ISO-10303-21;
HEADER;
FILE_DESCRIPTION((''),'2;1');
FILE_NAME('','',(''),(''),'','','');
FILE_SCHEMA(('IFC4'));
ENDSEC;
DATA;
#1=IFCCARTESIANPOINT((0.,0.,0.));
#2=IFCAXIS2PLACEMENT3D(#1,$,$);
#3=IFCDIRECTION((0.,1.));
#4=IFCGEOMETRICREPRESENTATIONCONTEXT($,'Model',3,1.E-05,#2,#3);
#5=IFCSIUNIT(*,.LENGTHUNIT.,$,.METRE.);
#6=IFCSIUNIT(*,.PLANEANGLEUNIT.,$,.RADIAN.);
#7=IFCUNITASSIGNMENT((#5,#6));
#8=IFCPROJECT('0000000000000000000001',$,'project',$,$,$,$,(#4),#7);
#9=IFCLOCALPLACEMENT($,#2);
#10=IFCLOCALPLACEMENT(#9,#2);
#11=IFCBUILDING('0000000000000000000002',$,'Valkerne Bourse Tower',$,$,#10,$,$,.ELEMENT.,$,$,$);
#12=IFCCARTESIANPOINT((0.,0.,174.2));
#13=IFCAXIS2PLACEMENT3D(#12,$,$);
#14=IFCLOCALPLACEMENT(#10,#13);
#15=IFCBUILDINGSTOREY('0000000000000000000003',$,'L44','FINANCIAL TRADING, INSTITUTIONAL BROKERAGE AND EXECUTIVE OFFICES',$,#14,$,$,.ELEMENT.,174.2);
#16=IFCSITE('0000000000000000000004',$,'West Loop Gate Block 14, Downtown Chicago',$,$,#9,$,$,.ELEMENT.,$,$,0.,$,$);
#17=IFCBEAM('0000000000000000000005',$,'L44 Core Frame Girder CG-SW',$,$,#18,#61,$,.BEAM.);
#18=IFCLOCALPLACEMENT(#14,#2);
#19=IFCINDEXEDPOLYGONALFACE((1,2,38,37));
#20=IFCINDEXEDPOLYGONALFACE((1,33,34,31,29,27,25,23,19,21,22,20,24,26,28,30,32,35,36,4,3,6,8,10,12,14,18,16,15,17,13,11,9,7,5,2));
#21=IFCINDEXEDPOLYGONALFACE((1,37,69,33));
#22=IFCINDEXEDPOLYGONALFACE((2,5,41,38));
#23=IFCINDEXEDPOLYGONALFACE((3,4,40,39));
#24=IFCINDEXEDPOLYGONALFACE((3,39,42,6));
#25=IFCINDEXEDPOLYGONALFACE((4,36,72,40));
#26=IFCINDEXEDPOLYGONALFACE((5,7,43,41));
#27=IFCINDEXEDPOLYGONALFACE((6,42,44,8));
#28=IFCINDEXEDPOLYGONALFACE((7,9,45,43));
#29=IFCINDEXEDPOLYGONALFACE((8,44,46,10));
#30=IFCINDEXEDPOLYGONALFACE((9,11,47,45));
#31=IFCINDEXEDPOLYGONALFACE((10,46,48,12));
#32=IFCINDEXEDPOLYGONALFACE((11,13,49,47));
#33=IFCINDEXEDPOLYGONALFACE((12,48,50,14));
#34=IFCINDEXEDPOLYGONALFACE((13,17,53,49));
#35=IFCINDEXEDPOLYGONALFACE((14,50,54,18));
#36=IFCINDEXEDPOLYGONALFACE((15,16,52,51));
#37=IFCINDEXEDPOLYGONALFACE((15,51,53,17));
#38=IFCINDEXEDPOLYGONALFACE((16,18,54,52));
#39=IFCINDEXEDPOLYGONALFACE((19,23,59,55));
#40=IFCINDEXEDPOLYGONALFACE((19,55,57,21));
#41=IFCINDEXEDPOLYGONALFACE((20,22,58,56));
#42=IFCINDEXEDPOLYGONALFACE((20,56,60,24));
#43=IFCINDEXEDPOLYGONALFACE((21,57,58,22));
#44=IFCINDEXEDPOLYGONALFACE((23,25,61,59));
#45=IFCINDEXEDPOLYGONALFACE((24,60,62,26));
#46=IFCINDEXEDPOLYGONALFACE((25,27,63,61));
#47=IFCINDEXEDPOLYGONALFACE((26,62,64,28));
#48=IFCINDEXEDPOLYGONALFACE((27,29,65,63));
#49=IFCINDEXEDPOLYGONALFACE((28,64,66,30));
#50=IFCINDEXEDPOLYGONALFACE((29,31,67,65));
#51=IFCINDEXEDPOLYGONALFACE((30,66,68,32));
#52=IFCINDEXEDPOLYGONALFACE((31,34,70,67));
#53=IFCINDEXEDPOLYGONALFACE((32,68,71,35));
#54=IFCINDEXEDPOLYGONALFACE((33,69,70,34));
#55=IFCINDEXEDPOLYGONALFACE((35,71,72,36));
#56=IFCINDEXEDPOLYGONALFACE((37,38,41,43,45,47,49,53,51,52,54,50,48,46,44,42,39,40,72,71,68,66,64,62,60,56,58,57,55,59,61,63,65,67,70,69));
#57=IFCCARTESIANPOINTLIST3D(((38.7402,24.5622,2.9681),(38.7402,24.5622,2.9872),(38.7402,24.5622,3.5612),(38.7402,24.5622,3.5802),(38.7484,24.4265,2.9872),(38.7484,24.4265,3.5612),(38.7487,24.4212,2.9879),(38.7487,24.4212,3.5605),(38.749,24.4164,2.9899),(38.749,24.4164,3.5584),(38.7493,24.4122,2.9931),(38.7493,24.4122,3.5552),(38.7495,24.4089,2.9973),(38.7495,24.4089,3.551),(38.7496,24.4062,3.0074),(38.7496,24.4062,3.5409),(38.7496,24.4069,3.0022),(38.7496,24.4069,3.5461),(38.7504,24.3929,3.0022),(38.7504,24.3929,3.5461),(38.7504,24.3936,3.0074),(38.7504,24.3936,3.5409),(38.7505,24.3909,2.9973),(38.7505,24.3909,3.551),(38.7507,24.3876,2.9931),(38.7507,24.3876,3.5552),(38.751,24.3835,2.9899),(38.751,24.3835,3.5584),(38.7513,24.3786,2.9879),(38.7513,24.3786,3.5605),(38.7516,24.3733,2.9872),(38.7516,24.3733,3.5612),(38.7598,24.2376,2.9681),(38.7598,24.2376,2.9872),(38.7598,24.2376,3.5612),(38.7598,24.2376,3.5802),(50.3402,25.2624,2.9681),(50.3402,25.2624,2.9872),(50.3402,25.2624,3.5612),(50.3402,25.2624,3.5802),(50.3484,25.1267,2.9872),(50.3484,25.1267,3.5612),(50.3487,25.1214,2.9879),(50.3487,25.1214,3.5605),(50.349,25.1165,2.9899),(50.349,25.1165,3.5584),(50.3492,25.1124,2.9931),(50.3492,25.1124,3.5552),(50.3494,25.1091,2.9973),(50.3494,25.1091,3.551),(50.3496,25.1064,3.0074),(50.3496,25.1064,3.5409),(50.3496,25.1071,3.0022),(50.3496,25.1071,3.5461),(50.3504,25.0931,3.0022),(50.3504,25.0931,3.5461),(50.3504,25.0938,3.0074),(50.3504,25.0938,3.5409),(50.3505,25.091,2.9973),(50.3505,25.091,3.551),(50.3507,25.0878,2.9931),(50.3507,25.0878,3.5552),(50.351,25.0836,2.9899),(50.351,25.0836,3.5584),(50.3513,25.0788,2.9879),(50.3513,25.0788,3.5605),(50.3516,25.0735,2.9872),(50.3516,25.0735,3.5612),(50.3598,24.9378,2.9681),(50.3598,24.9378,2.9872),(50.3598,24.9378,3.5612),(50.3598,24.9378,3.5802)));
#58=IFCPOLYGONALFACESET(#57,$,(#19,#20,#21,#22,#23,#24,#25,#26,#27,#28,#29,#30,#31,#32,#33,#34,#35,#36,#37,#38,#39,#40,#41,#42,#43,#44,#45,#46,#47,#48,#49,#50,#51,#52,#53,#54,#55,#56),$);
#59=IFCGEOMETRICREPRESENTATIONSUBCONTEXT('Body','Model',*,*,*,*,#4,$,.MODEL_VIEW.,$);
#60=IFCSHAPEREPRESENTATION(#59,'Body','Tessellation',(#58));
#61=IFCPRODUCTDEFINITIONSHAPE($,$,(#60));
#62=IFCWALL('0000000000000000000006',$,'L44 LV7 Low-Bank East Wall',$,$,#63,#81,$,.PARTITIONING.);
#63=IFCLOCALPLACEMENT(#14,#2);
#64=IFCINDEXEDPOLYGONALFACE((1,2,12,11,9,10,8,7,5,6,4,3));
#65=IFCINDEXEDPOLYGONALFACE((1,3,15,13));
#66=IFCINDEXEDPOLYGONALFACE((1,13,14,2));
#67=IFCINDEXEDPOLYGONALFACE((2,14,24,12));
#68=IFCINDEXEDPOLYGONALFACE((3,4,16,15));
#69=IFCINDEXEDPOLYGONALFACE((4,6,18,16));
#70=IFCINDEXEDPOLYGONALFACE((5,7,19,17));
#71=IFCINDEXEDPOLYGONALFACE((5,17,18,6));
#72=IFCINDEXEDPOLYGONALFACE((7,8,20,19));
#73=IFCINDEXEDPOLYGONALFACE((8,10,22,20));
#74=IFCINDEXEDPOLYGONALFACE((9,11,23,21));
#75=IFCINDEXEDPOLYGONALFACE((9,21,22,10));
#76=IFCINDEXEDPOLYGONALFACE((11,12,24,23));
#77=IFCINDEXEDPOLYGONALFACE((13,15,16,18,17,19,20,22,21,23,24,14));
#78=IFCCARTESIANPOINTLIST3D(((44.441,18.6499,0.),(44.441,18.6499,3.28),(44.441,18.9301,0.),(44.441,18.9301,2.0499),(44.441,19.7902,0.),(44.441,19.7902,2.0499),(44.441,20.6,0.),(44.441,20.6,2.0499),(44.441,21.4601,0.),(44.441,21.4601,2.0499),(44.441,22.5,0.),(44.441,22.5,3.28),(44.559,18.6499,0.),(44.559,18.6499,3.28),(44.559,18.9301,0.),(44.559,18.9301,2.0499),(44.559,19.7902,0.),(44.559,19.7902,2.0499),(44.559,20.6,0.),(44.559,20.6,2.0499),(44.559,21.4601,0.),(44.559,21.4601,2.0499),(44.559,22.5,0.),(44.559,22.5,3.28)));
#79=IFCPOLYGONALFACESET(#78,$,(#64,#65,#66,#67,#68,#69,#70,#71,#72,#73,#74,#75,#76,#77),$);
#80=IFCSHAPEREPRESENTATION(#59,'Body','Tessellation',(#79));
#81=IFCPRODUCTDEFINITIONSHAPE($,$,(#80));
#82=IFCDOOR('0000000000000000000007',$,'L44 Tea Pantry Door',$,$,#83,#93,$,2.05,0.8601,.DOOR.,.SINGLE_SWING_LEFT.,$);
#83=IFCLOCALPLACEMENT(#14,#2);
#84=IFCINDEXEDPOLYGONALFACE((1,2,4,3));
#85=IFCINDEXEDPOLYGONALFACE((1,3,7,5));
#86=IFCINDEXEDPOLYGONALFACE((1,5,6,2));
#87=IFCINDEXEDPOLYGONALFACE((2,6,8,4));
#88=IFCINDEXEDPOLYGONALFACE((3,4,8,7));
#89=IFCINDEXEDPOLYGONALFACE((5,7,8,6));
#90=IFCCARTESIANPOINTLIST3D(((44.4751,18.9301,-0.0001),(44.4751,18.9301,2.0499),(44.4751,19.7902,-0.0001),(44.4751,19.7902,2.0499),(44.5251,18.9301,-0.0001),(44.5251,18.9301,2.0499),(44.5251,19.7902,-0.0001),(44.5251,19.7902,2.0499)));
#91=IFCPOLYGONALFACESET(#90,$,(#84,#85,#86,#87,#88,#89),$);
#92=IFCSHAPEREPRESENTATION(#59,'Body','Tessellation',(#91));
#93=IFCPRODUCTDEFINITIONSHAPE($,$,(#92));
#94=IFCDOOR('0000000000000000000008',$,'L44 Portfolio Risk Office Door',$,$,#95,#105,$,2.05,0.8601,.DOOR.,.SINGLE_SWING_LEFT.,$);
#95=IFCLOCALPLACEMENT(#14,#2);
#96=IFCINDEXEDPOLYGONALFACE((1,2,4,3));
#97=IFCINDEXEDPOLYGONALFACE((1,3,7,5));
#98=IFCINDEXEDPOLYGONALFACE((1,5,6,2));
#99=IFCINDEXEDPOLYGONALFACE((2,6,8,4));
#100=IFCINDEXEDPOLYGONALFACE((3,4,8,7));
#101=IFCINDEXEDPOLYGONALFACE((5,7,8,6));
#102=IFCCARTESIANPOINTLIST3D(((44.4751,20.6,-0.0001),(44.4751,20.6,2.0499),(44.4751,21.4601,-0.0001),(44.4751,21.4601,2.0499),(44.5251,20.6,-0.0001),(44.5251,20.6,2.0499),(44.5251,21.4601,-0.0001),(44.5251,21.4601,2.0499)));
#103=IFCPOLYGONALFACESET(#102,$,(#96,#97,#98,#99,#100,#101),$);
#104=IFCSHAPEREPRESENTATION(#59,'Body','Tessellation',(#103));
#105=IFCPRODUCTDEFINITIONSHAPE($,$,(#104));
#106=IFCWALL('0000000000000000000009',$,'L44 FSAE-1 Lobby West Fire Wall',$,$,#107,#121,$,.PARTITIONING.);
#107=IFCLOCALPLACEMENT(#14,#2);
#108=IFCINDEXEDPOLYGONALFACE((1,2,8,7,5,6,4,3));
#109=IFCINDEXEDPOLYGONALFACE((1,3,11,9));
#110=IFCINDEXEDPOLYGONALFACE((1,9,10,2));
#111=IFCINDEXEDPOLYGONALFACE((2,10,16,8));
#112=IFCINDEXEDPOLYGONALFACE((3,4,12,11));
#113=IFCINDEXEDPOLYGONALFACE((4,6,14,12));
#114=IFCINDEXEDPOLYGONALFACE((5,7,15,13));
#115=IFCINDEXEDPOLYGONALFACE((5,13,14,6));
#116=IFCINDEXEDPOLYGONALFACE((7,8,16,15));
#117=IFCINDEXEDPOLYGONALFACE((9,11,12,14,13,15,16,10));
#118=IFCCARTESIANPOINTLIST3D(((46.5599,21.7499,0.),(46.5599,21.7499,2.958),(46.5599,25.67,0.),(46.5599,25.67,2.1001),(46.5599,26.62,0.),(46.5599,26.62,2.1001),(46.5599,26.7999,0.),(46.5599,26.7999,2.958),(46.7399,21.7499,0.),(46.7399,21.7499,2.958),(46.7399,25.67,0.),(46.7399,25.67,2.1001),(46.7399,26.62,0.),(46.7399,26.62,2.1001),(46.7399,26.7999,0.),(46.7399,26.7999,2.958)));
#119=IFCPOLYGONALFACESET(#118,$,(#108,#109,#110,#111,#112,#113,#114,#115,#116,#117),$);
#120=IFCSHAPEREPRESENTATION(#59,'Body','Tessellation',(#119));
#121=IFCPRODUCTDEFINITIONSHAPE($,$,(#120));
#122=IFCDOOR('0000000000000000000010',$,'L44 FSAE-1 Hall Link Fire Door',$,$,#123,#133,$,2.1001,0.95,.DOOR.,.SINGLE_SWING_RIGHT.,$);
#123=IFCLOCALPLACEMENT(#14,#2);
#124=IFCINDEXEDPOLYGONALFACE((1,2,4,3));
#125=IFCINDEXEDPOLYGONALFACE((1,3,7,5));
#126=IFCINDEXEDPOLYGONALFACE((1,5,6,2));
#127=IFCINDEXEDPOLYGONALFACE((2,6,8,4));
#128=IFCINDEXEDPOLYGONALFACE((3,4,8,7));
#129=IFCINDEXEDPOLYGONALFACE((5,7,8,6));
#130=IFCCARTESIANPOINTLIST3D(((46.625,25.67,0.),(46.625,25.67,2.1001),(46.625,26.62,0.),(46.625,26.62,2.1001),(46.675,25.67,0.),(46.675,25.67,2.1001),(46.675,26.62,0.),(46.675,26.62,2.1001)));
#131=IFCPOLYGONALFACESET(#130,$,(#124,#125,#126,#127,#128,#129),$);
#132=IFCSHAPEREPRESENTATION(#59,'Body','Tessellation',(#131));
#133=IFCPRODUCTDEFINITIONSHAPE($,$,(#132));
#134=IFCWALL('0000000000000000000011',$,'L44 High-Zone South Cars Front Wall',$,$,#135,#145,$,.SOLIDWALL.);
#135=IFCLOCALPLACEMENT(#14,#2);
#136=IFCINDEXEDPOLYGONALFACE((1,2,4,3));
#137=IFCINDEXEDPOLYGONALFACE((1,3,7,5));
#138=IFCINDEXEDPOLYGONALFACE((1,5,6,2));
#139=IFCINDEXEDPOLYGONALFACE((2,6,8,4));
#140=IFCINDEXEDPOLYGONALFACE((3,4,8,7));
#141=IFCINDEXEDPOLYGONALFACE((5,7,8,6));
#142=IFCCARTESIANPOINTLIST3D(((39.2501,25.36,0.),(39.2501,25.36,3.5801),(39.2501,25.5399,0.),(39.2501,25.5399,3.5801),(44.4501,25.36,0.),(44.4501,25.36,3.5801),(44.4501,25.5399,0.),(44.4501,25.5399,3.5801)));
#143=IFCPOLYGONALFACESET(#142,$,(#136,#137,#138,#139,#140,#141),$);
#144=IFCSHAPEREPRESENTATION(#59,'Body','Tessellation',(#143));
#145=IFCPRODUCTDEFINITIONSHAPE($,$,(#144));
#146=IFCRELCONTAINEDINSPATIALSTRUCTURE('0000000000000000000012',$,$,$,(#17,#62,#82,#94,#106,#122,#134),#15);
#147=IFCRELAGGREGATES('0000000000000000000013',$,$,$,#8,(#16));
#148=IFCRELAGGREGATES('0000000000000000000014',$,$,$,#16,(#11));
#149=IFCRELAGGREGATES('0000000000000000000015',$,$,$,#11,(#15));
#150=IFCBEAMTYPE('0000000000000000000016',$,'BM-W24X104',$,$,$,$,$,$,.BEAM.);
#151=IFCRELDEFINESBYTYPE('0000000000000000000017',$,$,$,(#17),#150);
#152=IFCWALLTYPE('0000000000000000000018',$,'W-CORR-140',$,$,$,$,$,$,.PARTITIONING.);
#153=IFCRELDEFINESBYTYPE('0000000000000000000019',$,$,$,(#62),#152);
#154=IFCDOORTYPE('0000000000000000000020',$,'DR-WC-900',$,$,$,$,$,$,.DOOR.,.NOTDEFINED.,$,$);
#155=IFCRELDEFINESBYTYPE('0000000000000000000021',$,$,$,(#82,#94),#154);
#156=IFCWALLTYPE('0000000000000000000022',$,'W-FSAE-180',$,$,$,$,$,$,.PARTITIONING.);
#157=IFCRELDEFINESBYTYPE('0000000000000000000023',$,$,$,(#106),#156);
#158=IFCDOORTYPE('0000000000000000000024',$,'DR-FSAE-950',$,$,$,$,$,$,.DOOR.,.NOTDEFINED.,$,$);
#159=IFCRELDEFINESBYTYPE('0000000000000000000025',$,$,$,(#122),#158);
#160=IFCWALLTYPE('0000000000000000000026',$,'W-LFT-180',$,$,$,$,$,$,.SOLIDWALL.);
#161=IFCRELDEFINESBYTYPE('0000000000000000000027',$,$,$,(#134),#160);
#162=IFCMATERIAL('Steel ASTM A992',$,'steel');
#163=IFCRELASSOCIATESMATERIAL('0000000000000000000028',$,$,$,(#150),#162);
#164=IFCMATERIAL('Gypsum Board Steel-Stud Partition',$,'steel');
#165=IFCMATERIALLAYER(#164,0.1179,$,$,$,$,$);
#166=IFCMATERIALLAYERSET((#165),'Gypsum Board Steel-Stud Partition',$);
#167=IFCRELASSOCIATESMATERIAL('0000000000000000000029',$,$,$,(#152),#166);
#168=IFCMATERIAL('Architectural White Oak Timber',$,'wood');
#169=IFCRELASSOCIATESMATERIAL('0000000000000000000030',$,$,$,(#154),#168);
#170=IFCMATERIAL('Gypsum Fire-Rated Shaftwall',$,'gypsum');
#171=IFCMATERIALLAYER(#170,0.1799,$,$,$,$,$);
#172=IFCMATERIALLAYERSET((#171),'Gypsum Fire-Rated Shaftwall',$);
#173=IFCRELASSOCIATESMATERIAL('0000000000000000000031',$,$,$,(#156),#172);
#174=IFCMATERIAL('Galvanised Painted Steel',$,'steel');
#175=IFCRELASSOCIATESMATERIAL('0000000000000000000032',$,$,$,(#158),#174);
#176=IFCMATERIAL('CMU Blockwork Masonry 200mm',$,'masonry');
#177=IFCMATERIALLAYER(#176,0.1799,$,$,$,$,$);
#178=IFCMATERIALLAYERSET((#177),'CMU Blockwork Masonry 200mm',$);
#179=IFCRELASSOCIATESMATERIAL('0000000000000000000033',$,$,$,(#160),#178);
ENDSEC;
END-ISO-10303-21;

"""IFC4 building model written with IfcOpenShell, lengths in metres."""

from ifc_helpers import new_model, si_unit, direction, frame, frame_2d, origin, origin_2d, place, context, subcontext, project, spatial, rectangle, i_section, extrude, material, layer, layer_set, material_profile, profile_set, type_object, element, fill, save


model = new_model("IFC4")

# Units and contexts
model_context = context("Model", 3, precision=1e-05, world=origin(), true_north=direction((0.0, 1.0)))
body_context = subcontext(model_context, "Body", "Model", "MODEL_VIEW")
ifc_project = project(units=[si_unit("LENGTHUNIT", "METRE"), si_unit("PLANEANGLEUNIT", "RADIAN")], contexts=[model_context])

# Site, building, storey
site_placement = place(None, origin())
site = spatial("IfcSite", under=ifc_project, at=site_placement, Name="West Loop Gate Block 14, Downtown Chicago", CompositionType="ELEMENT", RefElevation=0.0)
building_placement = place(site_placement, origin())
building = spatial("IfcBuilding", under=site, at=building_placement, Name="Valkerne Bourse Tower", CompositionType="ELEMENT")
storey_placement = place(building_placement, frame((0.0, 0.0, 174.2)))
storey = spatial("IfcBuildingStorey", under=building, at=storey_placement, Name="L44", Description="FINANCIAL TRADING, INSTITUTIONAL BROKERAGE AND EXECUTIVE OFFICES", CompositionType="ELEMENT", Elevation=174.2)

# Beam
ifc_material_1 = material(Name="Steel ASTM A992", Category="steel")
ifc_material_profile_1 = material_profile(ifc_material_1, i_section(OverallWidth=0.3252, OverallDepth=0.6121, WebThickness=0.0127, FlangeThickness=0.019, FilletRadius=0.0203, at=origin_2d()), Name="W24X104")
ifc_profile_set_1 = profile_set([ifc_material_profile_1], Name="Steel ASTM A992")
beam_type = type_object("IfcBeamType", Name="BM-W24X104", PredefinedType="BEAM", material=ifc_profile_set_1)
beam_1_placement = place(storey_placement, frame((38.75, 24.3999, 3.2742), z_axis=(0.998183, 0.060251, 0.0), x_axis=(-0.060251, 0.998183, 0.0)))
element("IfcBeam", 1, at=beam_1_placement, inside=storey, type_object=beam_type, Name="L44 Core Frame Girder CG-SW", PredefinedType="BEAM", context=body_context, shape_type="SweptSolid", body=[
    extrude(i_section(OverallWidth=0.3252, OverallDepth=0.6121, WebThickness=0.0127, FlangeThickness=0.019, FilletRadius=0.0203, at=origin_2d()), origin(), (0.0, 0.0, 1.0), 11.6211),
])

# Wall, openings, doors
ifc_material_2 = material(Name="Gypsum Board Steel-Stud Partition", Category="steel")
ifc_layer_1 = layer(ifc_material_2, 0.1179)
ifc_layer_set_1 = layer_set([ifc_layer_1], Name="Gypsum Board Steel-Stud Partition")
wall_type_1 = type_object("IfcWallType", Name="W-CORR-140", PredefinedType="PARTITIONING", material=ifc_layer_set_1)
wall_1_placement = place(storey_placement, frame((44.5, 18.6499, 0.0), z_axis=(0.0, 0.0, 1.0), x_axis=(0.0, 1.0, 0.0)))
wall_1 = element("IfcWall", 2, at=wall_1_placement, inside=storey, type_object=wall_type_1, Name="L44 LV7 Low-Bank East Wall", PredefinedType="PARTITIONING", context=body_context, shape_type="SweptSolid", body=[
    extrude(rectangle(XDim=3.8501, YDim=0.1179, at=frame_2d((1.925, 0.0))), origin(), (0.0, 0.0, 1.0), 3.28),
])
opening_1_placement = place(wall_1_placement, frame((0.28, 0.0, 0.0)))
opening_1 = element("IfcOpeningElement", 3, at=opening_1_placement, cuts=wall_1, PredefinedType="OPENING", context=body_context, shape_type="SweptSolid", body=[
    extrude(rectangle(XDim=0.8601, YDim=2.05, at=frame_2d((0.4302, 1.0249))), frame((0.0, 0.0688, 0.0), z_axis=(0.0, -1.0, 0.0), x_axis=(1.0, 0.0, 0.0)), (0.0, 0.0, 1.0), 0.1379),
])
opening_2_placement = place(wall_1_placement, frame((1.95, 0.0, 0.0)))
opening_2 = element("IfcOpeningElement", 4, at=opening_2_placement, cuts=wall_1, PredefinedType="OPENING", context=body_context, shape_type="SweptSolid", body=[
    extrude(rectangle(XDim=0.8601, YDim=2.05, at=frame_2d((0.4302, 1.0249))), frame((0.0, 0.0688, 0.0), z_axis=(0.0, -1.0, 0.0), x_axis=(1.0, 0.0, 0.0)), (0.0, 0.0, 1.0), 0.1379),
])
ifc_material_3 = material(Name="Architectural White Oak Timber", Category="wood")
door_type_1 = type_object("IfcDoorType", Name="DR-WC-900", OperationType="NOTDEFINED", PredefinedType="DOOR", material=ifc_material_3)
door_1_placement = place(opening_1_placement, origin())
door_1 = element("IfcDoor", 5, at=door_1_placement, inside=storey, type_object=door_type_1, Name="L44 Tea Pantry Door", OperationType="SINGLE_SWING_LEFT", OverallHeight=2.05, OverallWidth=0.8601, PredefinedType="DOOR", context=body_context, shape_type="SweptSolid", body=[
    extrude(rectangle(XDim=0.8601, YDim=2.05, at=frame_2d((0.4302, 1.0249))), frame((0.0, 0.0249, 0.0), z_axis=(0.0, -1.0, 0.0), x_axis=(1.0, 0.0, 0.0)), (0.0, 0.0, 1.0), 0.05),
])
fill(opening_1, door_1)
door_2_placement = place(opening_2_placement, origin())
door_2 = element("IfcDoor", 6, at=door_2_placement, inside=storey, type_object=door_type_1, Name="L44 Portfolio Risk Office Door", OperationType="SINGLE_SWING_LEFT", OverallHeight=2.05, OverallWidth=0.8601, PredefinedType="DOOR", context=body_context, shape_type="SweptSolid", body=[
    extrude(rectangle(XDim=0.8601, YDim=2.05, at=frame_2d((0.4302, 1.0249))), frame((0.0, 0.0249, 0.0), z_axis=(0.0, -1.0, 0.0), x_axis=(1.0, 0.0, 0.0)), (0.0, 0.0, 1.0), 0.05),
])
fill(opening_2, door_2)

# Wall, opening, door
ifc_material_4 = material(Name="Gypsum Fire-Rated Shaftwall", Category="gypsum")
ifc_layer_2 = layer(ifc_material_4, 0.1799)
ifc_layer_set_2 = layer_set([ifc_layer_2], Name="Gypsum Fire-Rated Shaftwall")
wall_type_2 = type_object("IfcWallType", Name="W-FSAE-180", PredefinedType="PARTITIONING", material=ifc_layer_set_2)
wall_2_placement = place(storey_placement, frame((46.6499, 21.75, 0.0), z_axis=(0.0, 0.0, 1.0), x_axis=(0.0, 1.0, 0.0)))
wall_2 = element("IfcWall", 7, at=wall_2_placement, inside=storey, type_object=wall_type_2, Name="L44 FSAE-1 Lobby West Fire Wall", PredefinedType="PARTITIONING", context=body_context, shape_type="SweptSolid", body=[
    extrude(rectangle(XDim=5.05, YDim=0.1799, at=frame_2d((2.5249, 0.0))), origin(), (0.0, 0.0, 1.0), 2.958),
])
opening_3_placement = place(wall_2_placement, frame((3.9199, 0.0, 0.0)))
opening_3 = element("IfcOpeningElement", 8, at=opening_3_placement, cuts=wall_2, PredefinedType="OPENING", context=body_context, shape_type="SweptSolid", body=[
    extrude(rectangle(XDim=0.95, YDim=2.1001, at=frame_2d((0.4751, 1.05))), frame((0.0, 0.0999, 0.0), z_axis=(0.0, -1.0, 0.0), x_axis=(1.0, 0.0, 0.0)), (0.0, 0.0, 1.0), 0.2),
])
ifc_material_5 = material(Name="Galvanised Painted Steel", Category="steel")
door_type_2 = type_object("IfcDoorType", Name="DR-FSAE-950", OperationType="NOTDEFINED", PredefinedType="DOOR", material=ifc_material_5)
door_3_placement = place(opening_3_placement, origin())
door_3 = element("IfcDoor", 9, at=door_3_placement, inside=storey, type_object=door_type_2, Name="L44 FSAE-1 Hall Link Fire Door", OperationType="SINGLE_SWING_RIGHT", OverallHeight=2.1001, OverallWidth=0.95, PredefinedType="DOOR", context=body_context, shape_type="SweptSolid", body=[
    extrude(rectangle(XDim=0.95, YDim=2.1001, at=frame_2d((0.4751, 1.05))), frame((0.0, 0.0249, 0.0), z_axis=(0.0, -1.0, 0.0), x_axis=(1.0, 0.0, 0.0)), (0.0, 0.0, 1.0), 0.05),
])
fill(opening_3, door_3)

# Wall
ifc_material_6 = material(Name="CMU Blockwork Masonry 200mm", Category="masonry")
ifc_layer_3 = layer(ifc_material_6, 0.1799)
ifc_layer_set_3 = layer_set([ifc_layer_3], Name="CMU Blockwork Masonry 200mm")
wall_type_3 = type_object("IfcWallType", Name="W-LFT-180", PredefinedType="SOLIDWALL", material=ifc_layer_set_3)
wall_3_placement = place(storey_placement, frame((39.25, 25.45, 0.0), z_axis=(0.0, 0.0, 1.0), x_axis=(1.0, 0.0, 0.0)))
element("IfcWall", 10, at=wall_3_placement, inside=storey, type_object=wall_type_3, Name="L44 High-Zone South Cars Front Wall", PredefinedType="SOLIDWALL", context=body_context, shape_type="SweptSolid", body=[
    extrude(rectangle(XDim=5.2, YDim=0.1799, at=frame_2d((2.6001, 0.0))), origin(), (0.0, 0.0, 1.0), 3.5801),
])

save(model, "model.ifc")
